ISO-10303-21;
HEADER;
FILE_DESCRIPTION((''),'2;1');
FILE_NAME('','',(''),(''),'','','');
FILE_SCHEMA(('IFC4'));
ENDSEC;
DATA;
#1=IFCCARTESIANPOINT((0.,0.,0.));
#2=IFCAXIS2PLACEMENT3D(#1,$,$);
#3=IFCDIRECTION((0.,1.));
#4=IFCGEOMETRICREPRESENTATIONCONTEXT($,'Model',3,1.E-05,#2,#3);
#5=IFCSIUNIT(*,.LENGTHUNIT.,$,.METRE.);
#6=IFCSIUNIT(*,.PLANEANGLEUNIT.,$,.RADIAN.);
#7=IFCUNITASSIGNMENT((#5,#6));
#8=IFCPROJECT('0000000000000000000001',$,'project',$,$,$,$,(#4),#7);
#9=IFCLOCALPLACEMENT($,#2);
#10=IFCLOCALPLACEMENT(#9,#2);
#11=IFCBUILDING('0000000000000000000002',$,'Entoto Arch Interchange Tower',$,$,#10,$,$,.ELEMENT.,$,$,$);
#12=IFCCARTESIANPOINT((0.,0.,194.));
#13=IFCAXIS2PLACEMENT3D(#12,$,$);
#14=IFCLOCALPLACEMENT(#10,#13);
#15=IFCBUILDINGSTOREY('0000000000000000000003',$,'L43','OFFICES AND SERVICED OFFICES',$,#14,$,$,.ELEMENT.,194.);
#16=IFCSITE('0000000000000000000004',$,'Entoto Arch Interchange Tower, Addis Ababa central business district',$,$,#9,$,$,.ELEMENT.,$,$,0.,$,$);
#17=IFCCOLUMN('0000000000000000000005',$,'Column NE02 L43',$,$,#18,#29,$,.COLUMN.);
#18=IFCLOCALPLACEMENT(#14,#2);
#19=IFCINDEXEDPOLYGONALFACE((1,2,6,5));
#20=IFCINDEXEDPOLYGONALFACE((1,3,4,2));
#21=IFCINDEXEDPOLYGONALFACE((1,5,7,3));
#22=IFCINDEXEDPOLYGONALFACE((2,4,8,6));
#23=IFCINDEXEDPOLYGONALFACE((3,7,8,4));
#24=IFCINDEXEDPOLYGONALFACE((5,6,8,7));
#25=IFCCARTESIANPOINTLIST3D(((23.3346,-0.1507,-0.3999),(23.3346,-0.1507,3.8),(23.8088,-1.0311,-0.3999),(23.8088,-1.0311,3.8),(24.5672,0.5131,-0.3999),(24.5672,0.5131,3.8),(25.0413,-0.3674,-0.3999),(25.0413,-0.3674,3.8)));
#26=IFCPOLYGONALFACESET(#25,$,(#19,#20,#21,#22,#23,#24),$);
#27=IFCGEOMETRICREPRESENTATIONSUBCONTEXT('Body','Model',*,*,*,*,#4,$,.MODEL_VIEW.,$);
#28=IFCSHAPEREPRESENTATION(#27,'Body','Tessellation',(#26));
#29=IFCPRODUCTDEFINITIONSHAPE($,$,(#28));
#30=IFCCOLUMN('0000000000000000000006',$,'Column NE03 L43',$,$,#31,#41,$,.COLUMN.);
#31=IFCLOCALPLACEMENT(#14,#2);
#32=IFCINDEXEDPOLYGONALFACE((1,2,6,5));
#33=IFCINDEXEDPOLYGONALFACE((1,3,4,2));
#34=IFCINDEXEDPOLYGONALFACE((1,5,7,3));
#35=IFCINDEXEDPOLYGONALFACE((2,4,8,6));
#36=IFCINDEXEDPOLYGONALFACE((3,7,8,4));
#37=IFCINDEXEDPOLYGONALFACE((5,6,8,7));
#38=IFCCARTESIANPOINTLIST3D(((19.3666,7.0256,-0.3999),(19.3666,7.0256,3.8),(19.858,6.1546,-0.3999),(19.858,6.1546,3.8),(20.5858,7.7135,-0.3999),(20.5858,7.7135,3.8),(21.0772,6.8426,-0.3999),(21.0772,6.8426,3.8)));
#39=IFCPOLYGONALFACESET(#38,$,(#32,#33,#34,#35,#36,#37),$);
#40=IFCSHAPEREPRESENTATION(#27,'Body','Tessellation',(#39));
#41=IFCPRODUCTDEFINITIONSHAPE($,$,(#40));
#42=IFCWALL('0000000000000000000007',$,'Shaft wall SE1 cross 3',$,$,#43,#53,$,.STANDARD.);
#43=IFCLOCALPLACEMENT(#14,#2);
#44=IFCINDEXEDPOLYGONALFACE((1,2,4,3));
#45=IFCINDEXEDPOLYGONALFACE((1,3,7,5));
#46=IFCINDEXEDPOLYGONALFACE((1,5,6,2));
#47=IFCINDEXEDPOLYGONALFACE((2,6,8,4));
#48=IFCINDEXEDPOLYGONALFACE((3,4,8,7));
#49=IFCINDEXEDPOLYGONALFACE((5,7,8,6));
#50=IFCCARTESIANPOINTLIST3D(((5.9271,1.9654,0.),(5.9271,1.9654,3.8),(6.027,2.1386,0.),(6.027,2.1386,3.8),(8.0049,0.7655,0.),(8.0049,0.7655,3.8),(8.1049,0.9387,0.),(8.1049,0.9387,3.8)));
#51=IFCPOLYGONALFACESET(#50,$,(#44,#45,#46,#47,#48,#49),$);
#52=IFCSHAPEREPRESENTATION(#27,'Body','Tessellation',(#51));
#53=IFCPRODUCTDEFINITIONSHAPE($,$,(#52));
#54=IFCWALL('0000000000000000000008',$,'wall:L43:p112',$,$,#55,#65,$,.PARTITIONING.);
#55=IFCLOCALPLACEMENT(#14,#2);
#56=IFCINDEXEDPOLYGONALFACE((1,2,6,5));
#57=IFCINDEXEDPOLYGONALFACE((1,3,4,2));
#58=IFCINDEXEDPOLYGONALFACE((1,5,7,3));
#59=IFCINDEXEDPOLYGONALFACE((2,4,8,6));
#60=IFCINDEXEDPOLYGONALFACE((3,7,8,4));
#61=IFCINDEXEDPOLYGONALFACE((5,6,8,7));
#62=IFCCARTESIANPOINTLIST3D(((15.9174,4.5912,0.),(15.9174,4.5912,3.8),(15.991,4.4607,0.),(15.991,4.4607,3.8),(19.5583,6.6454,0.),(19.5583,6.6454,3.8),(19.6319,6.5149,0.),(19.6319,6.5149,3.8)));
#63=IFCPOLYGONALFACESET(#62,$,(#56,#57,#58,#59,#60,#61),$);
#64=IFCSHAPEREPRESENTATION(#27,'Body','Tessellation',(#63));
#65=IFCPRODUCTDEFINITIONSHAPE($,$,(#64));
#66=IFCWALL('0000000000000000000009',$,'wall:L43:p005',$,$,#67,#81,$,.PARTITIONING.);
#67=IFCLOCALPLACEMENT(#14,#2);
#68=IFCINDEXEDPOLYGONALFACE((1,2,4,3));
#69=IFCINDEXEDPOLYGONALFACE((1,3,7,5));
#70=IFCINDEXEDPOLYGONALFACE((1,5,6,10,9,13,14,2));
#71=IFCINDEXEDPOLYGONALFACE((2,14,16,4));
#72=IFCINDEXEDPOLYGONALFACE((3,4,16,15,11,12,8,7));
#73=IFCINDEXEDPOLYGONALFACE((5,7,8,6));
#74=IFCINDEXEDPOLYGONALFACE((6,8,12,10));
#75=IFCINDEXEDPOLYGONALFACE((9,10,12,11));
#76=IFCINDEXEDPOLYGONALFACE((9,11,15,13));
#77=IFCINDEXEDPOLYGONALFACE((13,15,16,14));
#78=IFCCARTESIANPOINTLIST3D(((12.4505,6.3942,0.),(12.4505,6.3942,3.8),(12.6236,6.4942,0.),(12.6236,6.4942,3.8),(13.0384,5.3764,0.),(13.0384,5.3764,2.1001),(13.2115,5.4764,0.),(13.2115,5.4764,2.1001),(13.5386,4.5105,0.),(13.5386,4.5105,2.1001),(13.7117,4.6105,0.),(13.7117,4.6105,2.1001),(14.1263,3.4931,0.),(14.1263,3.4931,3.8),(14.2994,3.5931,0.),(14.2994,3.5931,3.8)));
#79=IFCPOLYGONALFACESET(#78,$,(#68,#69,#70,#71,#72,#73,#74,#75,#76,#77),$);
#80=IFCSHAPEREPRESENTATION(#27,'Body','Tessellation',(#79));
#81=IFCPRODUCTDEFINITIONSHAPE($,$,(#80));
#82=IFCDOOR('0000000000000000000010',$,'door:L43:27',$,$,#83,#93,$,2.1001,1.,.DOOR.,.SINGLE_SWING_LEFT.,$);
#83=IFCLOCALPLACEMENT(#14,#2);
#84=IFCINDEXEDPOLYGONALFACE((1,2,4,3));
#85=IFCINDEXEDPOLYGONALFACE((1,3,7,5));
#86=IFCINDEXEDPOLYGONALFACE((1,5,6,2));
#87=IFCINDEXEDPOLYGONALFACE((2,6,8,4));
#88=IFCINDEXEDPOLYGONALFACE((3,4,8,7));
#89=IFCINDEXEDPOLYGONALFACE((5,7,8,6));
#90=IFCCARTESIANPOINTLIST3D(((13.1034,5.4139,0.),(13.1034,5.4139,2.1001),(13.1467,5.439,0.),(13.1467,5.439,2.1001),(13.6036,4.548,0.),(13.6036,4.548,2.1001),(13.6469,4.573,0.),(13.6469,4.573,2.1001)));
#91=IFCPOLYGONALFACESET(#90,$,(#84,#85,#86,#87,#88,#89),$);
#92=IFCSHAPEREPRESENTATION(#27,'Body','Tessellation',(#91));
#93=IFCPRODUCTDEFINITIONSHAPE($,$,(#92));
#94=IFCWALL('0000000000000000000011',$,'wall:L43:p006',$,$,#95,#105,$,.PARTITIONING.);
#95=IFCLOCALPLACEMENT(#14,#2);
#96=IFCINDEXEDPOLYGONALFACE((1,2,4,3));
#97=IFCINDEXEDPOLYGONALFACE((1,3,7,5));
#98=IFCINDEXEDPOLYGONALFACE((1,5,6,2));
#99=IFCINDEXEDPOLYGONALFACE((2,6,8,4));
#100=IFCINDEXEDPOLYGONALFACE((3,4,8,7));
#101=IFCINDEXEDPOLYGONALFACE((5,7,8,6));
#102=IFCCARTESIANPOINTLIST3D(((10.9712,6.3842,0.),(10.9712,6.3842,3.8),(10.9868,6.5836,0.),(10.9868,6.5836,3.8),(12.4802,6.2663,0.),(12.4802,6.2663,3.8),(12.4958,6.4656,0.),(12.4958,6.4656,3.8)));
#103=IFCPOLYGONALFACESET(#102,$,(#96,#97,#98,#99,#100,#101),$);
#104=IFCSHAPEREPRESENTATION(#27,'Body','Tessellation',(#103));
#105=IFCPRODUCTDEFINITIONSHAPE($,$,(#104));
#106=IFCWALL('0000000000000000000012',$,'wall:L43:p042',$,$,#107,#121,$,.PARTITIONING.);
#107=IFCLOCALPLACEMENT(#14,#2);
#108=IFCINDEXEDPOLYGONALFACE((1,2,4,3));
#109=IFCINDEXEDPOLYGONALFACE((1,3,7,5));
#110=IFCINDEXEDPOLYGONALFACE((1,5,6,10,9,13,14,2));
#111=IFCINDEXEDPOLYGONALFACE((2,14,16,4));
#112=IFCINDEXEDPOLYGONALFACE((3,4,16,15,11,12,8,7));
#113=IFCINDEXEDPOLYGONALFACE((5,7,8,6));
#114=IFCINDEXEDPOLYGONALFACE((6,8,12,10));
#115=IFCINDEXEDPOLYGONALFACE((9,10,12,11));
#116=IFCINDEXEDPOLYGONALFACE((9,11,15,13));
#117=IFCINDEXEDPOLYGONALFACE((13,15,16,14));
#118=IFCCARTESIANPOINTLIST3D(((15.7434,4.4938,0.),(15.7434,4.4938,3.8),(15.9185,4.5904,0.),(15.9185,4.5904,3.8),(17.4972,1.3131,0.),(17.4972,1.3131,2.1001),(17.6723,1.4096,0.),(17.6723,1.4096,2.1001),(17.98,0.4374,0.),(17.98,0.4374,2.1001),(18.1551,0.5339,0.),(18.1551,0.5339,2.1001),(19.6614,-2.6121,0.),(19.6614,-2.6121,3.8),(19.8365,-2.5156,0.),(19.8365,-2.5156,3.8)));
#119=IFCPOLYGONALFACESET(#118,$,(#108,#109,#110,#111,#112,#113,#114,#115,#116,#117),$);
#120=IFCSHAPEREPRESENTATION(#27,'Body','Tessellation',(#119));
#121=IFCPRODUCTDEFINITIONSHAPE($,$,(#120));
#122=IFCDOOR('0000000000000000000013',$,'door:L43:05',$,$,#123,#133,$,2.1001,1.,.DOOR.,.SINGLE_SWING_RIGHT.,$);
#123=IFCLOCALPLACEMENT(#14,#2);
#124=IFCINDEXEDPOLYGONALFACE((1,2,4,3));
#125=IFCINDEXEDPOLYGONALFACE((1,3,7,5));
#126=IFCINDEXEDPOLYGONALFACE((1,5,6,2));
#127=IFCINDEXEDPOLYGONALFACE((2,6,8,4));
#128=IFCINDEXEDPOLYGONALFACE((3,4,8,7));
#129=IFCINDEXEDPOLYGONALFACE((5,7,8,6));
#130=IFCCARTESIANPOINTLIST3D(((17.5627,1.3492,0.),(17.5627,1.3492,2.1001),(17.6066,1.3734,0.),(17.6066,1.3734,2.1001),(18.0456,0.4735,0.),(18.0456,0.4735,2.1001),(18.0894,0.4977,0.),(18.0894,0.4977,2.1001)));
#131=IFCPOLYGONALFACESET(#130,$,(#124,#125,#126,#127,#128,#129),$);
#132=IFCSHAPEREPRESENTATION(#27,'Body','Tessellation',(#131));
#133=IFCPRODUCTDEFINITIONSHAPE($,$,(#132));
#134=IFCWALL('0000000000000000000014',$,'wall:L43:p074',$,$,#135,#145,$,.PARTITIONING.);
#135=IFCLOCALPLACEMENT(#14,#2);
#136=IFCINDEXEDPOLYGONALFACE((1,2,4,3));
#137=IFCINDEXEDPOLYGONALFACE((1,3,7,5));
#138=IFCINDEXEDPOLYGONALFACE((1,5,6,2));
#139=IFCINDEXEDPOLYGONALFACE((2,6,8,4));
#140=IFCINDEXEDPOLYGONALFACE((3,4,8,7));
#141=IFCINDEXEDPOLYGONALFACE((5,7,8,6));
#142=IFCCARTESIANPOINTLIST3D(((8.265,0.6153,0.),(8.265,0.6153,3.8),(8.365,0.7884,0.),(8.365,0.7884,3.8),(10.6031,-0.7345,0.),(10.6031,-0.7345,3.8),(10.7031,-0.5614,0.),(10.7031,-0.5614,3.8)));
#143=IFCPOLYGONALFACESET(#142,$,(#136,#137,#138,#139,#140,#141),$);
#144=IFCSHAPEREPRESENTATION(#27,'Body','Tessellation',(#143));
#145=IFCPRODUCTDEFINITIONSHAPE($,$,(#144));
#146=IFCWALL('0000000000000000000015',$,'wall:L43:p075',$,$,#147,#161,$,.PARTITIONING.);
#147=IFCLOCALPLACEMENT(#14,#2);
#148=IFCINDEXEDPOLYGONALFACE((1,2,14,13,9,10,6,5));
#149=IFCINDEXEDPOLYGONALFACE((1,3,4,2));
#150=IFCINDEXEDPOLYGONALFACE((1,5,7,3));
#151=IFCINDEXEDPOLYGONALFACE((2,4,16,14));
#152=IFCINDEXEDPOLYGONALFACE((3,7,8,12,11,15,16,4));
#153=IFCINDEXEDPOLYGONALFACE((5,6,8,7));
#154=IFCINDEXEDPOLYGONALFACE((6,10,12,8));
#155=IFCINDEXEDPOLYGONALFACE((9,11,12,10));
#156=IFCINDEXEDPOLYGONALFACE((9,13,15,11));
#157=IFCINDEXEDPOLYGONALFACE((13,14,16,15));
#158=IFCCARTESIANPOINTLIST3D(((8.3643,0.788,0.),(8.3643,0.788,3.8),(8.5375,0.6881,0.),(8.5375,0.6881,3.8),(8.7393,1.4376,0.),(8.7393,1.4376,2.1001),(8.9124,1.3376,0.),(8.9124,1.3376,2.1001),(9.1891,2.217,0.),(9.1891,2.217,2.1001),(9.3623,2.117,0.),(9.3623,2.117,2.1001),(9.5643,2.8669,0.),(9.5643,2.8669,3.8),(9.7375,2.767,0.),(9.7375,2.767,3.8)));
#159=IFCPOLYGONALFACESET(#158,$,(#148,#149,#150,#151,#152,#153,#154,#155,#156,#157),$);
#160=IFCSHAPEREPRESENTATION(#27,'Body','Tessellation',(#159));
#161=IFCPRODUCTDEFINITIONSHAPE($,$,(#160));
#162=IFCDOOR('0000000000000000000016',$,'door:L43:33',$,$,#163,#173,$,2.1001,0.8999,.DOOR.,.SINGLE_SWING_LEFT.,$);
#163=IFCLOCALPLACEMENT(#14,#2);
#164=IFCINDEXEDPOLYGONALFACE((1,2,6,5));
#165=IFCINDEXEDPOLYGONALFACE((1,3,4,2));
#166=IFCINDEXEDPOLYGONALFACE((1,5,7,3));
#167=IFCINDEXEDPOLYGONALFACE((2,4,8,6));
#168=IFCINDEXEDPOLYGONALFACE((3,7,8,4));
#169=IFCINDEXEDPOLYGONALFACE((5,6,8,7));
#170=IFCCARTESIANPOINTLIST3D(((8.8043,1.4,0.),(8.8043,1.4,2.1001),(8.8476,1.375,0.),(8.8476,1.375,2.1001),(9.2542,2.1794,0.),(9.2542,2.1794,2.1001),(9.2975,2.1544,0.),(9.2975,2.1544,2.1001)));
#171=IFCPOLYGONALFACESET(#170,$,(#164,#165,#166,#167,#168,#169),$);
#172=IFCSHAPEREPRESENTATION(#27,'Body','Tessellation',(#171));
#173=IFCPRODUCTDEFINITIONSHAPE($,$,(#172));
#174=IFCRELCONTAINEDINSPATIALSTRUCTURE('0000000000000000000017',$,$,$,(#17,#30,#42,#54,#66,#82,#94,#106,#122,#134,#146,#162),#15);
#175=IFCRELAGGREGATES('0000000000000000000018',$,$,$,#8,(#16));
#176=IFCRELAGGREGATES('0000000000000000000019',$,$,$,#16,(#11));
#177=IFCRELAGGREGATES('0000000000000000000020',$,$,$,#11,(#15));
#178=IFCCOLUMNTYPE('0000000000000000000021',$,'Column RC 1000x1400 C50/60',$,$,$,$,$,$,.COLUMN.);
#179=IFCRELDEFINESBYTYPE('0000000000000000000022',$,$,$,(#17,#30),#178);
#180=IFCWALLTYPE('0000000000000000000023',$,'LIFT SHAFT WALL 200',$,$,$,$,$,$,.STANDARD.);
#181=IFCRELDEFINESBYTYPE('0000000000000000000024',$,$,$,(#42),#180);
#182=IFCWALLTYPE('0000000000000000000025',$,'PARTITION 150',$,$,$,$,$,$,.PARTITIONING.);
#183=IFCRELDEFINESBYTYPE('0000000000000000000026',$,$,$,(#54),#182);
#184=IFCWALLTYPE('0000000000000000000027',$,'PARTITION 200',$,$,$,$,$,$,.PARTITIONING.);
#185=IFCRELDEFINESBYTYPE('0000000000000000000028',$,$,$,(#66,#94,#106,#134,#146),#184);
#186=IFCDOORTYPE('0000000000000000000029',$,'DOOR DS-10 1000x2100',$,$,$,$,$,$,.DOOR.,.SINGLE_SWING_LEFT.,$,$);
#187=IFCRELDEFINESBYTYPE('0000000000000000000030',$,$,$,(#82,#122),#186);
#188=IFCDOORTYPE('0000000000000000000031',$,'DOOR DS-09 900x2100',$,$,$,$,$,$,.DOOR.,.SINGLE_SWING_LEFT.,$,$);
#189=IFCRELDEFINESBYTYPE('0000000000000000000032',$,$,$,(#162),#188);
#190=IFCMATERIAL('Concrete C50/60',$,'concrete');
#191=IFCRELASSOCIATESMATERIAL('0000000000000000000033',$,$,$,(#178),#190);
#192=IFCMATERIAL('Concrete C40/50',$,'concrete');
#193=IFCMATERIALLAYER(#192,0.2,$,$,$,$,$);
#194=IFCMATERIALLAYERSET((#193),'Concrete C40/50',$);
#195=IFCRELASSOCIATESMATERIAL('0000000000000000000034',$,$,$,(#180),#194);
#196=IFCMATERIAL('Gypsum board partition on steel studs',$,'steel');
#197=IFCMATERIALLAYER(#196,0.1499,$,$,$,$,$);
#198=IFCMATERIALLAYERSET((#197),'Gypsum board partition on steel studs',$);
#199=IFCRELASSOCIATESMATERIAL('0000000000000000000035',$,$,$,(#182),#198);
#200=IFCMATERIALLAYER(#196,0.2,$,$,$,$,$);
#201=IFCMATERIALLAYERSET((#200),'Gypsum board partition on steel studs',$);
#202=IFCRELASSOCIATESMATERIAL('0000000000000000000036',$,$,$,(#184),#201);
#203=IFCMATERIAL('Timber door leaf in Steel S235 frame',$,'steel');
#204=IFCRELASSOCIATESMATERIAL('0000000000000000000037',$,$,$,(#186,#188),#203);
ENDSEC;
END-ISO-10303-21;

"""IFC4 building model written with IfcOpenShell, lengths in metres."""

from ifc_helpers import new_model, si_unit, direction, frame, frame_2d, origin, origin_2d, place, context, subcontext, project, spatial, rectangle, extrude, material, layer, layer_set, material_profile, profile_set, type_object, element, fill, save


model = new_model("IFC4")

# Units and contexts
model_context = context("Model", 3, precision=1e-05, world=origin(), true_north=direction((0.0, 1.0)))
body_context = subcontext(model_context, "Body", "Model", "MODEL_VIEW")
ifc_project = project(units=[si_unit("LENGTHUNIT", "METRE"), si_unit("PLANEANGLEUNIT", "RADIAN")], contexts=[model_context])

# Site, building, storey
site_placement = place(None, origin())
site = spatial("IfcSite", under=ifc_project, at=site_placement, Name="Entoto Arch Interchange Tower, Addis Ababa central business district", CompositionType="ELEMENT", RefElevation=0.0)
building_placement = place(site_placement, origin())
building = spatial("IfcBuilding", under=site, at=building_placement, Name="Entoto Arch Interchange Tower", CompositionType="ELEMENT")
storey_placement = place(building_placement, frame((0.0, 0.0, 194.0)))
storey = spatial("IfcBuildingStorey", under=building, at=storey_placement, Name="L43", Description="OFFICES AND SERVICED OFFICES", CompositionType="ELEMENT", Elevation=194.0)

# Columns
ifc_material_1 = material(Name="Concrete C50/60", Category="concrete")
ifc_material_profile = material_profile(ifc_material_1, rectangle(XDim=1.0, YDim=1.3999, at=origin_2d()))
ifc_profile_set = profile_set([ifc_material_profile], Name="Concrete C50/60")
column_type = type_object("IfcColumnType", Name="Column RC 1000x1400 C50/60", PredefinedType="COLUMN", material=ifc_profile_set)
for number, where, z_axis, x_axis, name in (
    (1, (24.188, -0.259, -0.3999), (0.0, 0.0, 1.0), (-0.474134, 0.880453, 0.0), "Column NE02 L43"),
    (2, (20.2219, 6.9341, -0.3999), (0.0, 0.0, 1.0), (-0.491436, 0.870914, 0.0), "Column NE03 L43"),
):
    element("IfcColumn", number, at=place(storey_placement, frame(where, z_axis=z_axis, x_axis=x_axis)), inside=storey, type_object=column_type, Name=name, PredefinedType="COLUMN", context=body_context, shape_type="SweptSolid", body=[
        extrude(rectangle(XDim=1.0, YDim=1.3999, at=origin_2d()), origin(), (0.0, 0.0, 1.0), 4.2),
    ])

# Walls
ifc_material_2 = material(Name="Concrete C40/50", Category="concrete")
ifc_layer_1 = layer(ifc_material_2, 0.2)
ifc_layer_set_1 = layer_set([ifc_layer_1], Name="Concrete C40/50")
wall_type_1 = type_object("IfcWallType", Name="LIFT SHAFT WALL 200", PredefinedType="STANDARD", material=ifc_layer_set_1)
wall_1_placement = place(storey_placement, frame((5.9771, 2.052, 0.0), z_axis=(0.0, 0.0, 1.0), x_axis=(0.865974, -0.500089, 0.0)))
element("IfcWall", 3, at=wall_1_placement, inside=storey, type_object=wall_type_1, Name="Shaft wall SE1 cross 3", PredefinedType="STANDARD", context=body_context, shape_type="SweptSolid", body=[
    extrude(rectangle(XDim=2.3994, YDim=0.2, at=frame_2d((1.1997, 0.0))), origin(), (0.0, 0.0, 1.0), 3.8),
])
ifc_material_3 = material(Name="Gypsum board partition on steel studs", Category="steel")
ifc_layer_2 = layer(ifc_material_3, 0.1499)
ifc_layer_set_2 = layer_set([ifc_layer_2], Name="Gypsum board partition on steel studs")
wall_type_2 = type_object("IfcWallType", Name="PARTITION 150", PredefinedType="PARTITIONING", material=ifc_layer_set_2)
wall_2_placement = place(storey_placement, frame((15.9541, 4.5259, 0.0), z_axis=(0.0, 0.0, 1.0), x_axis=(0.87094, 0.491389, 0.0)))
element("IfcWall", 4, at=wall_2_placement, inside=storey, type_object=wall_type_2, Name="wall:L43:p112", PredefinedType="PARTITIONING", context=body_context, shape_type="SweptSolid", body=[
    extrude(rectangle(XDim=4.1804, YDim=0.1499, at=frame_2d((2.0903, 0.0))), origin(), (0.0, 0.0, 1.0), 3.8),
])

# Wall, opening, door
ifc_layer_3 = layer(ifc_material_3, 0.2)
ifc_layer_set_3 = layer_set([ifc_layer_3], Name="Gypsum board partition on steel studs")
wall_type_3 = type_object("IfcWallType", Name="PARTITION 200", PredefinedType="PARTITIONING", material=ifc_layer_set_3)
wall_3_placement = place(storey_placement, frame((14.2129, 3.543, 0.0), z_axis=(0.0, 0.0, 1.0), x_axis=(-0.500183, 0.86592, 0.0)))
wall_3 = element("IfcWall", 5, at=wall_3_placement, inside=storey, type_object=wall_type_3, Name="wall:L43:p005", PredefinedType="PARTITIONING", context=body_context, shape_type="SweptSolid", body=[
    extrude(rectangle(XDim=3.3503, YDim=0.2, at=frame_2d((1.6753, 0.0))), origin(), (0.0, 0.0, 1.0), 3.8),
])
opening_1_placement = place(wall_3_placement, frame((1.175, 0.0, 0.0)))
opening_1 = element("IfcOpeningElement", 6, at=opening_1_placement, cuts=wall_3, PredefinedType="OPENING", context=body_context, shape_type="SweptSolid", body=[
    extrude(rectangle(XDim=1.0, YDim=2.1001, at=frame_2d((0.5, 1.05))), frame((0.0, 0.1099, 0.0), z_axis=(0.0, -1.0, 0.0), x_axis=(1.0, 0.0, 0.0)), (0.0, 0.0, 1.0), 0.22),
])
ifc_material_4 = material(Name="Timber door leaf in Steel S235 frame", Category="steel")
door_type_1 = type_object("IfcDoorType", Name="DOOR DS-10 1000x2100", OperationType="SINGLE_SWING_LEFT", PredefinedType="DOOR", material=ifc_material_4)
door_1_placement = place(opening_1_placement, origin())
door_1 = element("IfcDoor", 7, at=door_1_placement, inside=storey, type_object=door_type_1, Name="door:L43:27", OperationType="SINGLE_SWING_LEFT", OverallHeight=2.1001, OverallWidth=1.0, PredefinedType="DOOR", context=body_context, shape_type="SweptSolid", body=[
    extrude(rectangle(XDim=1.0, YDim=2.1001, at=frame_2d((0.5, 1.05))), frame((0.0, 0.0249, 0.0), z_axis=(0.0, -1.0, 0.0), x_axis=(1.0, 0.0, 0.0)), (0.0, 0.0, 1.0), 0.05),
])
fill(opening_1, door_1)

# Wall
wall_4_placement = place(storey_placement, frame((12.488, 6.366, 0.0), z_axis=(0.0, 0.0, 1.0), x_axis=(-0.996961, 0.077905, 0.0)))
element("IfcWall", 8, at=wall_4_placement, inside=storey, type_object=wall_type_3, Name="wall:L43:p006", PredefinedType="PARTITIONING", context=body_context, shape_type="SweptSolid", body=[
    extrude(rectangle(XDim=1.5137, YDim=0.2, at=frame_2d((0.7568, 0.0))), origin(), (0.0, 0.0, 1.0), 3.8),
])

# Wall, opening, door
wall_5_placement = place(storey_placement, frame((15.8311, 4.542, 0.0), z_axis=(0.0, 0.0, 1.0), x_axis=(0.482836, -0.875711, 0.0)))
wall_5 = element("IfcWall", 9, at=wall_5_placement, inside=storey, type_object=wall_type_3, Name="wall:L43:p042", PredefinedType="PARTITIONING", context=body_context, shape_type="SweptSolid", body=[
    extrude(rectangle(XDim=8.1145, YDim=0.2, at=frame_2d((4.0571, 0.0))), origin(), (0.0, 0.0, 1.0), 3.8),
])
opening_2_placement = place(wall_5_placement, frame((3.6321, 0.0, 0.0)))
opening_2 = element("IfcOpeningElement", 10, at=opening_2_placement, cuts=wall_5, PredefinedType="OPENING", context=body_context, shape_type="SweptSolid", body=[
    extrude(rectangle(XDim=1.0, YDim=2.1001, at=frame_2d((0.5, 1.05))), frame((0.0, 0.1099, 0.0), z_axis=(0.0, -1.0, 0.0), x_axis=(1.0, 0.0, 0.0)), (0.0, 0.0, 1.0), 0.22),
])
door_2_placement = place(opening_2_placement, origin())
door_2 = element("IfcDoor", 11, at=door_2_placement, inside=storey, type_object=door_type_1, Name="door:L43:05", OperationType="SINGLE_SWING_RIGHT", OverallHeight=2.1001, OverallWidth=1.0, PredefinedType="DOOR", context=body_context, shape_type="SweptSolid", body=[
    extrude(rectangle(XDim=1.0, YDim=2.1001, at=frame_2d((0.5, 1.05))), frame((0.0, 0.0249, 0.0), z_axis=(0.0, -1.0, 0.0), x_axis=(1.0, 0.0, 0.0)), (0.0, 0.0, 1.0), 0.05),
])
fill(opening_2, door_2)

# Wall
wall_6_placement = place(storey_placement, frame((10.6531, -0.6479, 0.0), z_axis=(0.0, 0.0, 1.0), x_axis=(-0.866037, 0.499981, 0.0)))
element("IfcWall", 12, at=wall_6_placement, inside=storey, type_object=wall_type_3, Name="wall:L43:p074", PredefinedType="PARTITIONING", context=body_context, shape_type="SweptSolid", body=[
    extrude(rectangle(XDim=2.6997, YDim=0.2, at=frame_2d((1.3499, 0.0))), origin(), (0.0, 0.0, 1.0), 3.8),
])

# Wall, opening, door
wall_7_placement = place(storey_placement, frame((8.4509, 0.738, 0.0), z_axis=(0.0, 0.0, 1.0), x_axis=(0.499913, 0.866075, 0.0)))
wall_7 = element("IfcWall", 13, at=wall_7_placement, inside=storey, type_object=wall_type_3, Name="wall:L43:p075", PredefinedType="PARTITIONING", context=body_context, shape_type="SweptSolid", body=[
    extrude(rectangle(XDim=2.4004, YDim=0.2, at=frame_2d((1.2002, 0.0))), origin(), (0.0, 0.0, 1.0), 3.8),
])
opening_3_placement = place(wall_7_placement, frame((0.75, 0.0, 0.0)))
opening_3 = element("IfcOpeningElement", 14, at=opening_3_placement, cuts=wall_7, PredefinedType="OPENING", context=body_context, shape_type="SweptSolid", body=[
    extrude(rectangle(XDim=0.8999, YDim=2.1001, at=frame_2d((0.45, 1.05))), frame((0.0, 0.1099, 0.0), z_axis=(0.0, -1.0, 0.0), x_axis=(1.0, 0.0, 0.0)), (0.0, 0.0, 1.0), 0.22),
])
door_type_2 = type_object("IfcDoorType", Name="DOOR DS-09 900x2100", OperationType="SINGLE_SWING_LEFT", PredefinedType="DOOR", material=ifc_material_4)
door_3_placement = place(opening_3_placement, origin())
door_3 = element("IfcDoor", 15, at=door_3_placement, inside=storey, type_object=door_type_2, Name="door:L43:33", OperationType="SINGLE_SWING_LEFT", OverallHeight=2.1001, OverallWidth=0.8999, PredefinedType="DOOR", context=body_context, shape_type="SweptSolid", body=[
    extrude(rectangle(XDim=0.8999, YDim=2.1001, at=frame_2d((0.45, 1.05))), frame((0.0, 0.0249, 0.0), z_axis=(0.0, -1.0, 0.0), x_axis=(1.0, 0.0, 0.0)), (0.0, 0.0, 1.0), 0.05),
])
fill(opening_3, door_3)

save(model, "model.ifc")
